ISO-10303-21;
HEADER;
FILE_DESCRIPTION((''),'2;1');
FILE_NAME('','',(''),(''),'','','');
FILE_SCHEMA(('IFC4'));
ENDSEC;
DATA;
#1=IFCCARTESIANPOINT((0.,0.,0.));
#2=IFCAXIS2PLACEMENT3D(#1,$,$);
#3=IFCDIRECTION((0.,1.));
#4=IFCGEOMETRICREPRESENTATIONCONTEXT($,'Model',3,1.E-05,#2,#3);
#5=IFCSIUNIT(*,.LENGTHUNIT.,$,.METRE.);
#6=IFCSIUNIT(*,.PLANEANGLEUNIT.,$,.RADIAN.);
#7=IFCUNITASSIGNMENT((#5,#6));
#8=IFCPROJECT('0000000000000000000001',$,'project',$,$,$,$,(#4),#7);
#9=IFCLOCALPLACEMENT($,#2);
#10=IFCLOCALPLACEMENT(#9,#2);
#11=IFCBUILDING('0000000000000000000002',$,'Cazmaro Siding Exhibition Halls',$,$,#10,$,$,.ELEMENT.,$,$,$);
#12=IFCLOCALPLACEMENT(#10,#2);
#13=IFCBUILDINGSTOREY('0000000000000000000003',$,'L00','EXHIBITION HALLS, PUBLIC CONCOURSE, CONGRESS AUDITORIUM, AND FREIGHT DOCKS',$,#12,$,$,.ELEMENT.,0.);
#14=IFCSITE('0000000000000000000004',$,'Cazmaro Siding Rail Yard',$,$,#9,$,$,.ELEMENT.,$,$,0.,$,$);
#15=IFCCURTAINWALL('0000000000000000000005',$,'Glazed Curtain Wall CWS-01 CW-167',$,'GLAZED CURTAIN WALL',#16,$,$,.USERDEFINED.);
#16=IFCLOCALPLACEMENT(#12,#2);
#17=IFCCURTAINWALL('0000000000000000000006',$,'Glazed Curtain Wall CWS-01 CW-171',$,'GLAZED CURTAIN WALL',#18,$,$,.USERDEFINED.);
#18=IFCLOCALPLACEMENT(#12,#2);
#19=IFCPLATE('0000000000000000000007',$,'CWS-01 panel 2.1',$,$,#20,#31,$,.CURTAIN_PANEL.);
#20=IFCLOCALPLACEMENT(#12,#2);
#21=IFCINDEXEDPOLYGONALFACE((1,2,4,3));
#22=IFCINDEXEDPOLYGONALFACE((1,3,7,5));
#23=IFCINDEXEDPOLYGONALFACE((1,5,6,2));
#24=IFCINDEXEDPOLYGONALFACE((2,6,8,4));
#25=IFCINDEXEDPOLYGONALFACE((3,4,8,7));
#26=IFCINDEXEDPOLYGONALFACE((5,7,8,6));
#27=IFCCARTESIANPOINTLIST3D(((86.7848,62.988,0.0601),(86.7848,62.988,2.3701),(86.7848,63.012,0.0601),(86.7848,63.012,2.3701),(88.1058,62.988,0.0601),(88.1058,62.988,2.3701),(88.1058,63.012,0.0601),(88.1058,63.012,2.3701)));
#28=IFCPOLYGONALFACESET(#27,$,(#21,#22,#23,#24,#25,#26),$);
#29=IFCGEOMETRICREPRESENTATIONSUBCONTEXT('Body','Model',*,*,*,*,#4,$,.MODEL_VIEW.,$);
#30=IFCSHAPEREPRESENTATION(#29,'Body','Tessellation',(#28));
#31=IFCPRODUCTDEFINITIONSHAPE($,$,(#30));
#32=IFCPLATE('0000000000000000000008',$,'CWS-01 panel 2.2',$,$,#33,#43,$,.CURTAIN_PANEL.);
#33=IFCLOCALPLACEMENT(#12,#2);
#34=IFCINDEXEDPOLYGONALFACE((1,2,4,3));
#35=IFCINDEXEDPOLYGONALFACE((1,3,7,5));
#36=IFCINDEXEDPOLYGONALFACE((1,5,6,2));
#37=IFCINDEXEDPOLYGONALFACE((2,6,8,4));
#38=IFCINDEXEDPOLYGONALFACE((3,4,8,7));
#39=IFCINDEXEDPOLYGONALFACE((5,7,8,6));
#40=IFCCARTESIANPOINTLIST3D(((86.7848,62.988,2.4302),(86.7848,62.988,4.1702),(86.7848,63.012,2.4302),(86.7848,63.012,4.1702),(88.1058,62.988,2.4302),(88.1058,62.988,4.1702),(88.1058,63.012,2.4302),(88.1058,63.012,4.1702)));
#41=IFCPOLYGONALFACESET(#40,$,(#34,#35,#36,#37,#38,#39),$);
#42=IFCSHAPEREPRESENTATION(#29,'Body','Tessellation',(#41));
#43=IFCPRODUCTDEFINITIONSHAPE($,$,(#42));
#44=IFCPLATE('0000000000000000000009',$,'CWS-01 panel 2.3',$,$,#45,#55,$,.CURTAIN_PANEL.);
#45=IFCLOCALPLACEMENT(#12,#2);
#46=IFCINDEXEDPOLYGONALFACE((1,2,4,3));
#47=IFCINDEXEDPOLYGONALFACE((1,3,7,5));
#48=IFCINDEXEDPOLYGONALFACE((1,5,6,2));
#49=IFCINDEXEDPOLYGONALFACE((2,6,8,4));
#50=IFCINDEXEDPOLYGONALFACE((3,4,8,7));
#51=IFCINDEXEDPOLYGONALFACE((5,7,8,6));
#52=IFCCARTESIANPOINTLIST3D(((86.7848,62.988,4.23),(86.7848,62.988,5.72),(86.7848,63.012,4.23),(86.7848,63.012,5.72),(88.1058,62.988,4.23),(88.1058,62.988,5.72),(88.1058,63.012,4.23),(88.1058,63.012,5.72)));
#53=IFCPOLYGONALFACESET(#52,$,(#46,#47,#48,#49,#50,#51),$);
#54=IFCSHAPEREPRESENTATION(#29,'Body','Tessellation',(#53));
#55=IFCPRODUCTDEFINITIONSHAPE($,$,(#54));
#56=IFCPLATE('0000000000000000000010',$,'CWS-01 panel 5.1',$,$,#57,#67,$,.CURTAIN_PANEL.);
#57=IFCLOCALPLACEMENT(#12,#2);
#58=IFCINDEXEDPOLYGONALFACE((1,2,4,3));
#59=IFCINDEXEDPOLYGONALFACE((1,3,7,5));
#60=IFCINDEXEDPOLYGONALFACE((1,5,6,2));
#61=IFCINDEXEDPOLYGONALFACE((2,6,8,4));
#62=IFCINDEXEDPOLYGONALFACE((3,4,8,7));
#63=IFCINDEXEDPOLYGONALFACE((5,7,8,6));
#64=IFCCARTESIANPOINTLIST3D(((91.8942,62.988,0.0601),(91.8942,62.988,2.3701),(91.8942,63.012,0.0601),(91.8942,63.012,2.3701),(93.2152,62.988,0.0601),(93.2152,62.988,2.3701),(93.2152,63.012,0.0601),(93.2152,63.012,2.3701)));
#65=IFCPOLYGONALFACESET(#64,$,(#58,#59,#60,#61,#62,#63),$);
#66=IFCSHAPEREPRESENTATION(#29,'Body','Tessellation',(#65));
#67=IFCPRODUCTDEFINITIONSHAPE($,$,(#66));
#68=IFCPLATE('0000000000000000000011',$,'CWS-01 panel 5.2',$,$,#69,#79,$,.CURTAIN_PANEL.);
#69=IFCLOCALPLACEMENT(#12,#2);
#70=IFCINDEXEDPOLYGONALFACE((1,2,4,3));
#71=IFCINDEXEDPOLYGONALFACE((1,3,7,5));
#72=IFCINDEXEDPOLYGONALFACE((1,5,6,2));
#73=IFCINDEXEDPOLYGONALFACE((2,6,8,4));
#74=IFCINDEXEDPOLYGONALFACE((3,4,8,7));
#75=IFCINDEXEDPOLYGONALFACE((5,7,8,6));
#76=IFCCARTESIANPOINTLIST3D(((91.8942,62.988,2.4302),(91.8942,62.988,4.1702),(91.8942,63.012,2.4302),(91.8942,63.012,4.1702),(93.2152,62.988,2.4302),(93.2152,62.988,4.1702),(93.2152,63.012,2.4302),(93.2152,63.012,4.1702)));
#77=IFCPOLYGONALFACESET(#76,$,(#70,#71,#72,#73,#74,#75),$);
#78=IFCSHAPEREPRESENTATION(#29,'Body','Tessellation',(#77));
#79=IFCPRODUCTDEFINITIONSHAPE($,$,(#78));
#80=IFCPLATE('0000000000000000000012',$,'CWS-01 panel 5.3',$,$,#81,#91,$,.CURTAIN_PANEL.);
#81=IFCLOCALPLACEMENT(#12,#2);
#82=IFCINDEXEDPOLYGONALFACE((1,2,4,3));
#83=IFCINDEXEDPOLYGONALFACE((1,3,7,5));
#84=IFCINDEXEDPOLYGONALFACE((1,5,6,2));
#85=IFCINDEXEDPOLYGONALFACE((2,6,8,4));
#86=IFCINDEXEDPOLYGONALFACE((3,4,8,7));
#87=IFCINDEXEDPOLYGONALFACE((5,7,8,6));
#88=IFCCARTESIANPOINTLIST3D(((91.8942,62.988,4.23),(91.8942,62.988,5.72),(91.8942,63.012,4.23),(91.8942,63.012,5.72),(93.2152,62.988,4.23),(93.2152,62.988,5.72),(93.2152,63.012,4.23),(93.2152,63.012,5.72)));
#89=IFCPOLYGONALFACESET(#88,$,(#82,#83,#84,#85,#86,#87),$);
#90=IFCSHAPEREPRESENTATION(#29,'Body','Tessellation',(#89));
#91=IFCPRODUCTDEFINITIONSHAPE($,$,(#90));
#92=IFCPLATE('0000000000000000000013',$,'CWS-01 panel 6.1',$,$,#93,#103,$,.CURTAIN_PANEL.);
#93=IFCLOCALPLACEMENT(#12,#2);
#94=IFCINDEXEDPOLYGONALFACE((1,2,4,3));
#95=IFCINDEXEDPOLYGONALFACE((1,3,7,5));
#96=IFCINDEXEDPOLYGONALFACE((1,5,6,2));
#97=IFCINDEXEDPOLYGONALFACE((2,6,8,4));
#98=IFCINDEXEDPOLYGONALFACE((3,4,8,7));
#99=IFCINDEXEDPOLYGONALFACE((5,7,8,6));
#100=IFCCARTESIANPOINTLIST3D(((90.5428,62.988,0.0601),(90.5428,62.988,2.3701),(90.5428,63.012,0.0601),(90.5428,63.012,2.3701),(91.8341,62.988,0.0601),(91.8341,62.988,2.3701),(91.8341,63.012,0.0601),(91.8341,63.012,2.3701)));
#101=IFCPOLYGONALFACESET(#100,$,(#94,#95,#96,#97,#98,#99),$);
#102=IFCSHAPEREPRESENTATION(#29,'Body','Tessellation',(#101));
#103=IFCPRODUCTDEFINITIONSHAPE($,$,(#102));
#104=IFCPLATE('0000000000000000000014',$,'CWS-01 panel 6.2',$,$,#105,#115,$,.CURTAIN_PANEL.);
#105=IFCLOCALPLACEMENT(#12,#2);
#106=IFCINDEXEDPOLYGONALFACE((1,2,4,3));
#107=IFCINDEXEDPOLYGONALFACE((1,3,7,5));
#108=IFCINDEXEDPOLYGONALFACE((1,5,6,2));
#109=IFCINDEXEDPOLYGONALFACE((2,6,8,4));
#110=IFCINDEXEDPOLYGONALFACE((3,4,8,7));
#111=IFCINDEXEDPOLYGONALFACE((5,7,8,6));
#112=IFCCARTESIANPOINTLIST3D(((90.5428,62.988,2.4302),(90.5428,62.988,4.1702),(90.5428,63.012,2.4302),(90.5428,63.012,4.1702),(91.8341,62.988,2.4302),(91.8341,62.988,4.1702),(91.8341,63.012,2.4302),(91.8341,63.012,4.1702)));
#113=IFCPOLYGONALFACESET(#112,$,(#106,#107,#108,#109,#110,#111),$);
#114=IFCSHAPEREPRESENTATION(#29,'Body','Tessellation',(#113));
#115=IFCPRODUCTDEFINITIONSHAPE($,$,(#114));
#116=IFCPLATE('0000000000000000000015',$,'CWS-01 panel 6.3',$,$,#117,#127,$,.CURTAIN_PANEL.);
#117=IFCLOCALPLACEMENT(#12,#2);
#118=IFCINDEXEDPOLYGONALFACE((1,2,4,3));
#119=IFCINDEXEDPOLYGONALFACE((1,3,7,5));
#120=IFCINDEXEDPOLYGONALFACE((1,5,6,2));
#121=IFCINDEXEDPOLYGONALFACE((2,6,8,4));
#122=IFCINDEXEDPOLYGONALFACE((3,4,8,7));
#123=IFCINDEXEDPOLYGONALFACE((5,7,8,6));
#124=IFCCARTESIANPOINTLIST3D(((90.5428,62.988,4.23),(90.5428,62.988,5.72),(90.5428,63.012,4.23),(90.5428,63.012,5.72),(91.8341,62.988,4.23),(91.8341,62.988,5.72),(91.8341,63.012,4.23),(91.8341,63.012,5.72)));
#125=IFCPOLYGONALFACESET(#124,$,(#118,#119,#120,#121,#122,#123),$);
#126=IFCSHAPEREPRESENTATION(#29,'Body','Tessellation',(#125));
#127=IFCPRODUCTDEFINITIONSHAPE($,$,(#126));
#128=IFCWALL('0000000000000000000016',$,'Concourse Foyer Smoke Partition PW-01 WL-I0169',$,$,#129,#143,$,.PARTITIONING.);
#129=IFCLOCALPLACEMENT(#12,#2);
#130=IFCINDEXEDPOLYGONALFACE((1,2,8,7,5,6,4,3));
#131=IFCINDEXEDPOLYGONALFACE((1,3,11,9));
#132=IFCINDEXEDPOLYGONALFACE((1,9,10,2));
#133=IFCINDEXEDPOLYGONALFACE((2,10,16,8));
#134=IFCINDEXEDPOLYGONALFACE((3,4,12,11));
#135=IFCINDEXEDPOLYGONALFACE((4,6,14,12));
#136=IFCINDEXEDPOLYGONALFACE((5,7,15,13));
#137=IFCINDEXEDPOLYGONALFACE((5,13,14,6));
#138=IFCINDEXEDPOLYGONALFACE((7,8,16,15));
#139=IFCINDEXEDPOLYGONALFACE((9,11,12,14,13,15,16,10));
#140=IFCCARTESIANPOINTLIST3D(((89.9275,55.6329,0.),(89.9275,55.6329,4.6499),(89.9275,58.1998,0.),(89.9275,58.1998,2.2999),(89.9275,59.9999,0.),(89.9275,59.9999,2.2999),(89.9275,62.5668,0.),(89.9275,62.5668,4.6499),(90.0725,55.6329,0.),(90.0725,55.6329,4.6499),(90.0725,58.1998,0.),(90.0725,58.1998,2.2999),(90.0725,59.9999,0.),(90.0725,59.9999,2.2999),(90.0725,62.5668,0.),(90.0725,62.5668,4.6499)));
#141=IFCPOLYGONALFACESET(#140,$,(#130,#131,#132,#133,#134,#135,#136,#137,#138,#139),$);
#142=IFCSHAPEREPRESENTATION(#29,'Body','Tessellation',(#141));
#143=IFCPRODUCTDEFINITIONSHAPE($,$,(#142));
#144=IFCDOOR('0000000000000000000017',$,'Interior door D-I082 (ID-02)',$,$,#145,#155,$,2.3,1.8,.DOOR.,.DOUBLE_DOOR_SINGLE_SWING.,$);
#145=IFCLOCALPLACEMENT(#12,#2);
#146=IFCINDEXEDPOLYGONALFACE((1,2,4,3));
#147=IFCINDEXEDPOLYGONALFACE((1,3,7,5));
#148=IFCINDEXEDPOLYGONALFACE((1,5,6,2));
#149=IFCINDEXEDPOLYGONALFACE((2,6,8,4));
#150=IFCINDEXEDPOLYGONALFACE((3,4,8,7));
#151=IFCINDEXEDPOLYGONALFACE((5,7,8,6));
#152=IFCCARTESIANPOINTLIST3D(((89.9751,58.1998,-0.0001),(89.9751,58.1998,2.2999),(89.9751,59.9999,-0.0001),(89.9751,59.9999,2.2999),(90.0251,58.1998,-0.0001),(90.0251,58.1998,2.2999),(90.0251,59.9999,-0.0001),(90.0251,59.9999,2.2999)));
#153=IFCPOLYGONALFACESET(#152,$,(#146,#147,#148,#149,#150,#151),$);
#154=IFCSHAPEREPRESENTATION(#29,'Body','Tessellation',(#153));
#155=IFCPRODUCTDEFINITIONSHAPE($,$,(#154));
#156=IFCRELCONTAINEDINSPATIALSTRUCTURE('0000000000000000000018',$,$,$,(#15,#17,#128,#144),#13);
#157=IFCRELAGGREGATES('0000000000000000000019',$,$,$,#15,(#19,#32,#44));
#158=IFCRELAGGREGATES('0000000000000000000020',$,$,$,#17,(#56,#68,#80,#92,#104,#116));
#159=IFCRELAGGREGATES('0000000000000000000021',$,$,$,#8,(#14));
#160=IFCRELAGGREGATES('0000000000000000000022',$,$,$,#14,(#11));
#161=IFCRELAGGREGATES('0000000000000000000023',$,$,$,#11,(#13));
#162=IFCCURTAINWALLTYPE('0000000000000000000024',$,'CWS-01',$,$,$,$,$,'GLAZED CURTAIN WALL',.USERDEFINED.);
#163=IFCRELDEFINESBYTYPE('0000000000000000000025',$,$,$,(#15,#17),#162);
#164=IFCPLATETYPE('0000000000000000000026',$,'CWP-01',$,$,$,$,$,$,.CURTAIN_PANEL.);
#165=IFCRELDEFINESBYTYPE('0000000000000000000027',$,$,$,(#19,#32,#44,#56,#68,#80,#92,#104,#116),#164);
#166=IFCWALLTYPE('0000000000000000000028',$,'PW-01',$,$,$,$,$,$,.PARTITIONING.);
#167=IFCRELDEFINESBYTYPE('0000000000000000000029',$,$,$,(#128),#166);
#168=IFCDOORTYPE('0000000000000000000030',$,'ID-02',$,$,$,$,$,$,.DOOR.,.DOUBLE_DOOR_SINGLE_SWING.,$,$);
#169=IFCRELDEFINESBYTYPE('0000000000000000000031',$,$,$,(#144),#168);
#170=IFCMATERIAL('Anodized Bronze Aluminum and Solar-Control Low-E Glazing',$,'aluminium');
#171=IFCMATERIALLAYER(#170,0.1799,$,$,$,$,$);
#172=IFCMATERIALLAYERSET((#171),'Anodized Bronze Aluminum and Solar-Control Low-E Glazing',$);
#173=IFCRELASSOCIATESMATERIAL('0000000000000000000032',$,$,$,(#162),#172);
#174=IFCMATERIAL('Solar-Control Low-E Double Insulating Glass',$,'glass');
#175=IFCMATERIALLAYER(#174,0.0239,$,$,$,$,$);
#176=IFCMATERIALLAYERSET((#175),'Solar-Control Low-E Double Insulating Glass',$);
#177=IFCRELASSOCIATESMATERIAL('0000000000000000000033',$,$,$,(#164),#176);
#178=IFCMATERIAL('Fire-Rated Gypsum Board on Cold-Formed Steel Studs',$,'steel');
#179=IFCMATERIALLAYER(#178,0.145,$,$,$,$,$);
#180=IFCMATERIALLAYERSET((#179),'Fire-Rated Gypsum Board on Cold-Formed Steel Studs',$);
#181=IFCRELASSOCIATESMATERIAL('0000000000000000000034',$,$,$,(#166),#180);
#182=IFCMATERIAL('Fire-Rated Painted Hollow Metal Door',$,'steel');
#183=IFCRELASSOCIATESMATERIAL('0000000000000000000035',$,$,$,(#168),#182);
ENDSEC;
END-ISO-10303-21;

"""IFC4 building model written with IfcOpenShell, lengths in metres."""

from ifc_helpers import new_model, si_unit, direction, frame, frame_2d, origin, origin_2d, place, context, subcontext, project, spatial, rectangle, extrude, material, layer, layer_set, type_object, element, fill, aggregate, save


model = new_model("IFC4")

# Units and contexts
model_context = context("Model", 3, precision=1e-05, world=origin(), true_north=direction((0.0, 1.0)))
body_context = subcontext(model_context, "Body", "Model", "MODEL_VIEW")
ifc_project = project(units=[si_unit("LENGTHUNIT", "METRE"), si_unit("PLANEANGLEUNIT", "RADIAN")], contexts=[model_context])

# Site, building, storey
site_placement = place(None, origin())
site = spatial("IfcSite", under=ifc_project, at=site_placement, Name="Cazmaro Siding Rail Yard", CompositionType="ELEMENT", RefElevation=0.0)
building_placement = place(site_placement, origin())
building = spatial("IfcBuilding", under=site, at=building_placement, Name="Cazmaro Siding Exhibition Halls", CompositionType="ELEMENT")
storey_placement = place(building_placement, origin())
storey = spatial("IfcBuildingStorey", under=building, at=storey_placement, Name="L00", Description="EXHIBITION HALLS, PUBLIC CONCOURSE, CONGRESS AUDITORIUM, AND FREIGHT DOCKS", CompositionType="ELEMENT", Elevation=0.0)

# Curtain walls
ifc_material_1 = material(Name="Anodized Bronze Aluminum and Solar-Control Low-E Glazing", Category="aluminium")
ifc_layer_1 = layer(ifc_material_1, 0.1799)
ifc_layer_set_1 = layer_set([ifc_layer_1], Name="Anodized Bronze Aluminum and Solar-Control Low-E Glazing")
curtain_wall_type = type_object("IfcCurtainWallType", Name="CWS-01", ElementType="GLAZED CURTAIN WALL", PredefinedType="USERDEFINED", material=ifc_layer_set_1)
curtain_wall_1_placement = place(storey_placement, origin())
curtain_wall_1 = element("IfcCurtainWall", 1, at=curtain_wall_1_placement, inside=storey, type_object=curtain_wall_type, Name="Glazed Curtain Wall CWS-01 CW-167", ObjectType="GLAZED CURTAIN WALL", PredefinedType="USERDEFINED")
curtain_wall_2_placement = place(storey_placement, origin())
curtain_wall_2 = element("IfcCurtainWall", 2, at=curtain_wall_2_placement, inside=storey, type_object=curtain_wall_type, Name="Glazed Curtain Wall CWS-01 CW-171", ObjectType="GLAZED CURTAIN WALL", PredefinedType="USERDEFINED")

# Plates
ifc_material_2 = material(Name="Solar-Control Low-E Double Insulating Glass", Category="glass")
ifc_layer_2 = layer(ifc_material_2, 0.0239)
ifc_layer_set_2 = layer_set([ifc_layer_2], Name="Solar-Control Low-E Double Insulating Glass")
plate_type = type_object("IfcPlateType", Name="CWP-01", PredefinedType="CURTAIN_PANEL", material=ifc_layer_set_2)
plate_1_placement = place(storey_placement, frame((87.4453, 63.0, 0.0601), z_axis=(0.0, 0.0, 1.0), x_axis=(-1.0, 0.0, 0.0)))
plate_1 = element("IfcPlate", 3, at=plate_1_placement, type_object=plate_type, Name="CWS-01 panel 2.1", PredefinedType="CURTAIN_PANEL", context=body_context, shape_type="SweptSolid", body=[
    extrude(rectangle(XDim=1.321, YDim=0.0239, at=origin_2d()), origin(), (0.0, 0.0, 1.0), 2.3101),
])
plate_2_placement = place(storey_placement, frame((87.4453, 63.0, 2.4302), z_axis=(0.0, 0.0, 1.0), x_axis=(-1.0, 0.0, 0.0)))
plate_2 = element("IfcPlate", 4, at=plate_2_placement, type_object=plate_type, Name="CWS-01 panel 2.2", PredefinedType="CURTAIN_PANEL", context=body_context, shape_type="SweptSolid", body=[
    extrude(rectangle(XDim=1.321, YDim=0.0239, at=origin_2d()), origin(), (0.0, 0.0, 1.0), 1.74),
])
plate_3_placement = place(storey_placement, frame((87.4453, 63.0, 4.23), z_axis=(0.0, 0.0, 1.0), x_axis=(-1.0, 0.0, 0.0)))
plate_3 = element("IfcPlate", 5, at=plate_3_placement, type_object=plate_type, Name="CWS-01 panel 2.3", PredefinedType="CURTAIN_PANEL", context=body_context, shape_type="SweptSolid", body=[
    extrude(rectangle(XDim=1.321, YDim=0.0239, at=origin_2d()), origin(), (0.0, 0.0, 1.0), 1.49),
])
aggregate(curtain_wall_1, [plate_1, plate_2, plate_3])
plate_4_placement = place(storey_placement, frame((92.5547, 63.0, 0.0601), z_axis=(0.0, 0.0, 1.0), x_axis=(-1.0, 0.0, 0.0)))
plate_4 = element("IfcPlate", 6, at=plate_4_placement, type_object=plate_type, Name="CWS-01 panel 5.1", PredefinedType="CURTAIN_PANEL", context=body_context, shape_type="SweptSolid", body=[
    extrude(rectangle(XDim=1.321, YDim=0.0239, at=origin_2d()), origin(), (0.0, 0.0, 1.0), 2.3101),
])
plate_5_placement = place(storey_placement, frame((92.5547, 63.0, 2.4302), z_axis=(0.0, 0.0, 1.0), x_axis=(-1.0, 0.0, 0.0)))
plate_5 = element("IfcPlate", 7, at=plate_5_placement, type_object=plate_type, Name="CWS-01 panel 5.2", PredefinedType="CURTAIN_PANEL", context=body_context, shape_type="SweptSolid", body=[
    extrude(rectangle(XDim=1.321, YDim=0.0239, at=origin_2d()), origin(), (0.0, 0.0, 1.0), 1.74),
])
plate_6_placement = place(storey_placement, frame((92.5547, 63.0, 4.23), z_axis=(0.0, 0.0, 1.0), x_axis=(-1.0, 0.0, 0.0)))
plate_6 = element("IfcPlate", 8, at=plate_6_placement, type_object=plate_type, Name="CWS-01 panel 5.3", PredefinedType="CURTAIN_PANEL", context=body_context, shape_type="SweptSolid", body=[
    extrude(rectangle(XDim=1.321, YDim=0.0239, at=origin_2d()), origin(), (0.0, 0.0, 1.0), 1.49),
])
plate_7_placement = place(storey_placement, frame((91.1885, 63.0, 0.0601), z_axis=(0.0, 0.0, 1.0), x_axis=(-1.0, 0.0, 0.0)))
plate_7 = element("IfcPlate", 9, at=plate_7_placement, type_object=plate_type, Name="CWS-01 panel 6.1", PredefinedType="CURTAIN_PANEL", context=body_context, shape_type="SweptSolid", body=[
    extrude(rectangle(XDim=1.2913, YDim=0.0239, at=origin_2d()), origin(), (0.0, 0.0, 1.0), 2.3101),
])
plate_8_placement = place(storey_placement, frame((91.1885, 63.0, 2.4302), z_axis=(0.0, 0.0, 1.0), x_axis=(-1.0, 0.0, 0.0)))
plate_8 = element("IfcPlate", 10, at=plate_8_placement, type_object=plate_type, Name="CWS-01 panel 6.2", PredefinedType="CURTAIN_PANEL", context=body_context, shape_type="SweptSolid", body=[
    extrude(rectangle(XDim=1.2913, YDim=0.0239, at=origin_2d()), origin(), (0.0, 0.0, 1.0), 1.74),
])
plate_9_placement = place(storey_placement, frame((91.1885, 63.0, 4.23), z_axis=(0.0, 0.0, 1.0), x_axis=(-1.0, 0.0, 0.0)))
plate_9 = element("IfcPlate", 11, at=plate_9_placement, type_object=plate_type, Name="CWS-01 panel 6.3", PredefinedType="CURTAIN_PANEL", context=body_context, shape_type="SweptSolid", body=[
    extrude(rectangle(XDim=1.2913, YDim=0.0239, at=origin_2d()), origin(), (0.0, 0.0, 1.0), 1.49),
])
aggregate(curtain_wall_2, [plate_4, plate_5, plate_6, plate_7, plate_8, plate_9])

# Wall, opening, door
ifc_material_3 = material(Name="Fire-Rated Gypsum Board on Cold-Formed Steel Studs", Category="steel")
ifc_layer_3 = layer(ifc_material_3, 0.145)
ifc_layer_set_3 = layer_set([ifc_layer_3], Name="Fire-Rated Gypsum Board on Cold-Formed Steel Studs")
wall_type = type_object("IfcWallType", Name="PW-01", PredefinedType="PARTITIONING", material=ifc_layer_set_3)
wall_placement = place(storey_placement, frame((90.0, 55.6331, 0.0), z_axis=(0.0, 0.0, 1.0), x_axis=(0.0, 1.0, 0.0)))
wall = element("IfcWall", 12, at=wall_placement, inside=storey, type_object=wall_type, Name="Concourse Foyer Smoke Partition PW-01 WL-I0169", PredefinedType="PARTITIONING", context=body_context, shape_type="SweptSolid", body=[
    extrude(rectangle(XDim=6.9338, YDim=0.145, at=frame_2d((3.4668, 0.0))), origin(), (0.0, 0.0, 1.0), 4.6499),
])
opening_placement = place(wall_placement, frame((2.5669, 0.0, 0.0)))
opening = element("IfcOpeningElement", 13, at=opening_placement, cuts=wall, PredefinedType="OPENING", context=body_context, shape_type="SweptSolid", body=[
    extrude(rectangle(XDim=1.8, YDim=2.3, at=frame_2d((0.8999, 1.1499))), frame((0.0, 0.0825, 0.0), z_axis=(0.0, -1.0, 0.0), x_axis=(1.0, 0.0, 0.0)), (0.0, 0.0, 1.0), 0.165),
])
ifc_material_4 = material(Name="Fire-Rated Painted Hollow Metal Door", Category="steel")
door_type = type_object("IfcDoorType", Name="ID-02", OperationType="DOUBLE_DOOR_SINGLE_SWING", PredefinedType="DOOR", material=ifc_material_4)
door_placement = place(opening_placement, origin())
door = element("IfcDoor", 14, at=door_placement, inside=storey, type_object=door_type, Name="Interior door D-I082 (ID-02)", OperationType="DOUBLE_DOOR_SINGLE_SWING", OverallHeight=2.3, OverallWidth=1.8, PredefinedType="DOOR", context=body_context, shape_type="SweptSolid", body=[
    extrude(rectangle(XDim=1.8, YDim=2.3, at=frame_2d((0.8999, 1.1499))), frame((0.0, 0.0249, 0.0), z_axis=(0.0, -1.0, 0.0), x_axis=(1.0, 0.0, 0.0)), (0.0, 0.0, 1.0), 0.05),
])
fill(opening, door)

save(model, "model.ifc")
